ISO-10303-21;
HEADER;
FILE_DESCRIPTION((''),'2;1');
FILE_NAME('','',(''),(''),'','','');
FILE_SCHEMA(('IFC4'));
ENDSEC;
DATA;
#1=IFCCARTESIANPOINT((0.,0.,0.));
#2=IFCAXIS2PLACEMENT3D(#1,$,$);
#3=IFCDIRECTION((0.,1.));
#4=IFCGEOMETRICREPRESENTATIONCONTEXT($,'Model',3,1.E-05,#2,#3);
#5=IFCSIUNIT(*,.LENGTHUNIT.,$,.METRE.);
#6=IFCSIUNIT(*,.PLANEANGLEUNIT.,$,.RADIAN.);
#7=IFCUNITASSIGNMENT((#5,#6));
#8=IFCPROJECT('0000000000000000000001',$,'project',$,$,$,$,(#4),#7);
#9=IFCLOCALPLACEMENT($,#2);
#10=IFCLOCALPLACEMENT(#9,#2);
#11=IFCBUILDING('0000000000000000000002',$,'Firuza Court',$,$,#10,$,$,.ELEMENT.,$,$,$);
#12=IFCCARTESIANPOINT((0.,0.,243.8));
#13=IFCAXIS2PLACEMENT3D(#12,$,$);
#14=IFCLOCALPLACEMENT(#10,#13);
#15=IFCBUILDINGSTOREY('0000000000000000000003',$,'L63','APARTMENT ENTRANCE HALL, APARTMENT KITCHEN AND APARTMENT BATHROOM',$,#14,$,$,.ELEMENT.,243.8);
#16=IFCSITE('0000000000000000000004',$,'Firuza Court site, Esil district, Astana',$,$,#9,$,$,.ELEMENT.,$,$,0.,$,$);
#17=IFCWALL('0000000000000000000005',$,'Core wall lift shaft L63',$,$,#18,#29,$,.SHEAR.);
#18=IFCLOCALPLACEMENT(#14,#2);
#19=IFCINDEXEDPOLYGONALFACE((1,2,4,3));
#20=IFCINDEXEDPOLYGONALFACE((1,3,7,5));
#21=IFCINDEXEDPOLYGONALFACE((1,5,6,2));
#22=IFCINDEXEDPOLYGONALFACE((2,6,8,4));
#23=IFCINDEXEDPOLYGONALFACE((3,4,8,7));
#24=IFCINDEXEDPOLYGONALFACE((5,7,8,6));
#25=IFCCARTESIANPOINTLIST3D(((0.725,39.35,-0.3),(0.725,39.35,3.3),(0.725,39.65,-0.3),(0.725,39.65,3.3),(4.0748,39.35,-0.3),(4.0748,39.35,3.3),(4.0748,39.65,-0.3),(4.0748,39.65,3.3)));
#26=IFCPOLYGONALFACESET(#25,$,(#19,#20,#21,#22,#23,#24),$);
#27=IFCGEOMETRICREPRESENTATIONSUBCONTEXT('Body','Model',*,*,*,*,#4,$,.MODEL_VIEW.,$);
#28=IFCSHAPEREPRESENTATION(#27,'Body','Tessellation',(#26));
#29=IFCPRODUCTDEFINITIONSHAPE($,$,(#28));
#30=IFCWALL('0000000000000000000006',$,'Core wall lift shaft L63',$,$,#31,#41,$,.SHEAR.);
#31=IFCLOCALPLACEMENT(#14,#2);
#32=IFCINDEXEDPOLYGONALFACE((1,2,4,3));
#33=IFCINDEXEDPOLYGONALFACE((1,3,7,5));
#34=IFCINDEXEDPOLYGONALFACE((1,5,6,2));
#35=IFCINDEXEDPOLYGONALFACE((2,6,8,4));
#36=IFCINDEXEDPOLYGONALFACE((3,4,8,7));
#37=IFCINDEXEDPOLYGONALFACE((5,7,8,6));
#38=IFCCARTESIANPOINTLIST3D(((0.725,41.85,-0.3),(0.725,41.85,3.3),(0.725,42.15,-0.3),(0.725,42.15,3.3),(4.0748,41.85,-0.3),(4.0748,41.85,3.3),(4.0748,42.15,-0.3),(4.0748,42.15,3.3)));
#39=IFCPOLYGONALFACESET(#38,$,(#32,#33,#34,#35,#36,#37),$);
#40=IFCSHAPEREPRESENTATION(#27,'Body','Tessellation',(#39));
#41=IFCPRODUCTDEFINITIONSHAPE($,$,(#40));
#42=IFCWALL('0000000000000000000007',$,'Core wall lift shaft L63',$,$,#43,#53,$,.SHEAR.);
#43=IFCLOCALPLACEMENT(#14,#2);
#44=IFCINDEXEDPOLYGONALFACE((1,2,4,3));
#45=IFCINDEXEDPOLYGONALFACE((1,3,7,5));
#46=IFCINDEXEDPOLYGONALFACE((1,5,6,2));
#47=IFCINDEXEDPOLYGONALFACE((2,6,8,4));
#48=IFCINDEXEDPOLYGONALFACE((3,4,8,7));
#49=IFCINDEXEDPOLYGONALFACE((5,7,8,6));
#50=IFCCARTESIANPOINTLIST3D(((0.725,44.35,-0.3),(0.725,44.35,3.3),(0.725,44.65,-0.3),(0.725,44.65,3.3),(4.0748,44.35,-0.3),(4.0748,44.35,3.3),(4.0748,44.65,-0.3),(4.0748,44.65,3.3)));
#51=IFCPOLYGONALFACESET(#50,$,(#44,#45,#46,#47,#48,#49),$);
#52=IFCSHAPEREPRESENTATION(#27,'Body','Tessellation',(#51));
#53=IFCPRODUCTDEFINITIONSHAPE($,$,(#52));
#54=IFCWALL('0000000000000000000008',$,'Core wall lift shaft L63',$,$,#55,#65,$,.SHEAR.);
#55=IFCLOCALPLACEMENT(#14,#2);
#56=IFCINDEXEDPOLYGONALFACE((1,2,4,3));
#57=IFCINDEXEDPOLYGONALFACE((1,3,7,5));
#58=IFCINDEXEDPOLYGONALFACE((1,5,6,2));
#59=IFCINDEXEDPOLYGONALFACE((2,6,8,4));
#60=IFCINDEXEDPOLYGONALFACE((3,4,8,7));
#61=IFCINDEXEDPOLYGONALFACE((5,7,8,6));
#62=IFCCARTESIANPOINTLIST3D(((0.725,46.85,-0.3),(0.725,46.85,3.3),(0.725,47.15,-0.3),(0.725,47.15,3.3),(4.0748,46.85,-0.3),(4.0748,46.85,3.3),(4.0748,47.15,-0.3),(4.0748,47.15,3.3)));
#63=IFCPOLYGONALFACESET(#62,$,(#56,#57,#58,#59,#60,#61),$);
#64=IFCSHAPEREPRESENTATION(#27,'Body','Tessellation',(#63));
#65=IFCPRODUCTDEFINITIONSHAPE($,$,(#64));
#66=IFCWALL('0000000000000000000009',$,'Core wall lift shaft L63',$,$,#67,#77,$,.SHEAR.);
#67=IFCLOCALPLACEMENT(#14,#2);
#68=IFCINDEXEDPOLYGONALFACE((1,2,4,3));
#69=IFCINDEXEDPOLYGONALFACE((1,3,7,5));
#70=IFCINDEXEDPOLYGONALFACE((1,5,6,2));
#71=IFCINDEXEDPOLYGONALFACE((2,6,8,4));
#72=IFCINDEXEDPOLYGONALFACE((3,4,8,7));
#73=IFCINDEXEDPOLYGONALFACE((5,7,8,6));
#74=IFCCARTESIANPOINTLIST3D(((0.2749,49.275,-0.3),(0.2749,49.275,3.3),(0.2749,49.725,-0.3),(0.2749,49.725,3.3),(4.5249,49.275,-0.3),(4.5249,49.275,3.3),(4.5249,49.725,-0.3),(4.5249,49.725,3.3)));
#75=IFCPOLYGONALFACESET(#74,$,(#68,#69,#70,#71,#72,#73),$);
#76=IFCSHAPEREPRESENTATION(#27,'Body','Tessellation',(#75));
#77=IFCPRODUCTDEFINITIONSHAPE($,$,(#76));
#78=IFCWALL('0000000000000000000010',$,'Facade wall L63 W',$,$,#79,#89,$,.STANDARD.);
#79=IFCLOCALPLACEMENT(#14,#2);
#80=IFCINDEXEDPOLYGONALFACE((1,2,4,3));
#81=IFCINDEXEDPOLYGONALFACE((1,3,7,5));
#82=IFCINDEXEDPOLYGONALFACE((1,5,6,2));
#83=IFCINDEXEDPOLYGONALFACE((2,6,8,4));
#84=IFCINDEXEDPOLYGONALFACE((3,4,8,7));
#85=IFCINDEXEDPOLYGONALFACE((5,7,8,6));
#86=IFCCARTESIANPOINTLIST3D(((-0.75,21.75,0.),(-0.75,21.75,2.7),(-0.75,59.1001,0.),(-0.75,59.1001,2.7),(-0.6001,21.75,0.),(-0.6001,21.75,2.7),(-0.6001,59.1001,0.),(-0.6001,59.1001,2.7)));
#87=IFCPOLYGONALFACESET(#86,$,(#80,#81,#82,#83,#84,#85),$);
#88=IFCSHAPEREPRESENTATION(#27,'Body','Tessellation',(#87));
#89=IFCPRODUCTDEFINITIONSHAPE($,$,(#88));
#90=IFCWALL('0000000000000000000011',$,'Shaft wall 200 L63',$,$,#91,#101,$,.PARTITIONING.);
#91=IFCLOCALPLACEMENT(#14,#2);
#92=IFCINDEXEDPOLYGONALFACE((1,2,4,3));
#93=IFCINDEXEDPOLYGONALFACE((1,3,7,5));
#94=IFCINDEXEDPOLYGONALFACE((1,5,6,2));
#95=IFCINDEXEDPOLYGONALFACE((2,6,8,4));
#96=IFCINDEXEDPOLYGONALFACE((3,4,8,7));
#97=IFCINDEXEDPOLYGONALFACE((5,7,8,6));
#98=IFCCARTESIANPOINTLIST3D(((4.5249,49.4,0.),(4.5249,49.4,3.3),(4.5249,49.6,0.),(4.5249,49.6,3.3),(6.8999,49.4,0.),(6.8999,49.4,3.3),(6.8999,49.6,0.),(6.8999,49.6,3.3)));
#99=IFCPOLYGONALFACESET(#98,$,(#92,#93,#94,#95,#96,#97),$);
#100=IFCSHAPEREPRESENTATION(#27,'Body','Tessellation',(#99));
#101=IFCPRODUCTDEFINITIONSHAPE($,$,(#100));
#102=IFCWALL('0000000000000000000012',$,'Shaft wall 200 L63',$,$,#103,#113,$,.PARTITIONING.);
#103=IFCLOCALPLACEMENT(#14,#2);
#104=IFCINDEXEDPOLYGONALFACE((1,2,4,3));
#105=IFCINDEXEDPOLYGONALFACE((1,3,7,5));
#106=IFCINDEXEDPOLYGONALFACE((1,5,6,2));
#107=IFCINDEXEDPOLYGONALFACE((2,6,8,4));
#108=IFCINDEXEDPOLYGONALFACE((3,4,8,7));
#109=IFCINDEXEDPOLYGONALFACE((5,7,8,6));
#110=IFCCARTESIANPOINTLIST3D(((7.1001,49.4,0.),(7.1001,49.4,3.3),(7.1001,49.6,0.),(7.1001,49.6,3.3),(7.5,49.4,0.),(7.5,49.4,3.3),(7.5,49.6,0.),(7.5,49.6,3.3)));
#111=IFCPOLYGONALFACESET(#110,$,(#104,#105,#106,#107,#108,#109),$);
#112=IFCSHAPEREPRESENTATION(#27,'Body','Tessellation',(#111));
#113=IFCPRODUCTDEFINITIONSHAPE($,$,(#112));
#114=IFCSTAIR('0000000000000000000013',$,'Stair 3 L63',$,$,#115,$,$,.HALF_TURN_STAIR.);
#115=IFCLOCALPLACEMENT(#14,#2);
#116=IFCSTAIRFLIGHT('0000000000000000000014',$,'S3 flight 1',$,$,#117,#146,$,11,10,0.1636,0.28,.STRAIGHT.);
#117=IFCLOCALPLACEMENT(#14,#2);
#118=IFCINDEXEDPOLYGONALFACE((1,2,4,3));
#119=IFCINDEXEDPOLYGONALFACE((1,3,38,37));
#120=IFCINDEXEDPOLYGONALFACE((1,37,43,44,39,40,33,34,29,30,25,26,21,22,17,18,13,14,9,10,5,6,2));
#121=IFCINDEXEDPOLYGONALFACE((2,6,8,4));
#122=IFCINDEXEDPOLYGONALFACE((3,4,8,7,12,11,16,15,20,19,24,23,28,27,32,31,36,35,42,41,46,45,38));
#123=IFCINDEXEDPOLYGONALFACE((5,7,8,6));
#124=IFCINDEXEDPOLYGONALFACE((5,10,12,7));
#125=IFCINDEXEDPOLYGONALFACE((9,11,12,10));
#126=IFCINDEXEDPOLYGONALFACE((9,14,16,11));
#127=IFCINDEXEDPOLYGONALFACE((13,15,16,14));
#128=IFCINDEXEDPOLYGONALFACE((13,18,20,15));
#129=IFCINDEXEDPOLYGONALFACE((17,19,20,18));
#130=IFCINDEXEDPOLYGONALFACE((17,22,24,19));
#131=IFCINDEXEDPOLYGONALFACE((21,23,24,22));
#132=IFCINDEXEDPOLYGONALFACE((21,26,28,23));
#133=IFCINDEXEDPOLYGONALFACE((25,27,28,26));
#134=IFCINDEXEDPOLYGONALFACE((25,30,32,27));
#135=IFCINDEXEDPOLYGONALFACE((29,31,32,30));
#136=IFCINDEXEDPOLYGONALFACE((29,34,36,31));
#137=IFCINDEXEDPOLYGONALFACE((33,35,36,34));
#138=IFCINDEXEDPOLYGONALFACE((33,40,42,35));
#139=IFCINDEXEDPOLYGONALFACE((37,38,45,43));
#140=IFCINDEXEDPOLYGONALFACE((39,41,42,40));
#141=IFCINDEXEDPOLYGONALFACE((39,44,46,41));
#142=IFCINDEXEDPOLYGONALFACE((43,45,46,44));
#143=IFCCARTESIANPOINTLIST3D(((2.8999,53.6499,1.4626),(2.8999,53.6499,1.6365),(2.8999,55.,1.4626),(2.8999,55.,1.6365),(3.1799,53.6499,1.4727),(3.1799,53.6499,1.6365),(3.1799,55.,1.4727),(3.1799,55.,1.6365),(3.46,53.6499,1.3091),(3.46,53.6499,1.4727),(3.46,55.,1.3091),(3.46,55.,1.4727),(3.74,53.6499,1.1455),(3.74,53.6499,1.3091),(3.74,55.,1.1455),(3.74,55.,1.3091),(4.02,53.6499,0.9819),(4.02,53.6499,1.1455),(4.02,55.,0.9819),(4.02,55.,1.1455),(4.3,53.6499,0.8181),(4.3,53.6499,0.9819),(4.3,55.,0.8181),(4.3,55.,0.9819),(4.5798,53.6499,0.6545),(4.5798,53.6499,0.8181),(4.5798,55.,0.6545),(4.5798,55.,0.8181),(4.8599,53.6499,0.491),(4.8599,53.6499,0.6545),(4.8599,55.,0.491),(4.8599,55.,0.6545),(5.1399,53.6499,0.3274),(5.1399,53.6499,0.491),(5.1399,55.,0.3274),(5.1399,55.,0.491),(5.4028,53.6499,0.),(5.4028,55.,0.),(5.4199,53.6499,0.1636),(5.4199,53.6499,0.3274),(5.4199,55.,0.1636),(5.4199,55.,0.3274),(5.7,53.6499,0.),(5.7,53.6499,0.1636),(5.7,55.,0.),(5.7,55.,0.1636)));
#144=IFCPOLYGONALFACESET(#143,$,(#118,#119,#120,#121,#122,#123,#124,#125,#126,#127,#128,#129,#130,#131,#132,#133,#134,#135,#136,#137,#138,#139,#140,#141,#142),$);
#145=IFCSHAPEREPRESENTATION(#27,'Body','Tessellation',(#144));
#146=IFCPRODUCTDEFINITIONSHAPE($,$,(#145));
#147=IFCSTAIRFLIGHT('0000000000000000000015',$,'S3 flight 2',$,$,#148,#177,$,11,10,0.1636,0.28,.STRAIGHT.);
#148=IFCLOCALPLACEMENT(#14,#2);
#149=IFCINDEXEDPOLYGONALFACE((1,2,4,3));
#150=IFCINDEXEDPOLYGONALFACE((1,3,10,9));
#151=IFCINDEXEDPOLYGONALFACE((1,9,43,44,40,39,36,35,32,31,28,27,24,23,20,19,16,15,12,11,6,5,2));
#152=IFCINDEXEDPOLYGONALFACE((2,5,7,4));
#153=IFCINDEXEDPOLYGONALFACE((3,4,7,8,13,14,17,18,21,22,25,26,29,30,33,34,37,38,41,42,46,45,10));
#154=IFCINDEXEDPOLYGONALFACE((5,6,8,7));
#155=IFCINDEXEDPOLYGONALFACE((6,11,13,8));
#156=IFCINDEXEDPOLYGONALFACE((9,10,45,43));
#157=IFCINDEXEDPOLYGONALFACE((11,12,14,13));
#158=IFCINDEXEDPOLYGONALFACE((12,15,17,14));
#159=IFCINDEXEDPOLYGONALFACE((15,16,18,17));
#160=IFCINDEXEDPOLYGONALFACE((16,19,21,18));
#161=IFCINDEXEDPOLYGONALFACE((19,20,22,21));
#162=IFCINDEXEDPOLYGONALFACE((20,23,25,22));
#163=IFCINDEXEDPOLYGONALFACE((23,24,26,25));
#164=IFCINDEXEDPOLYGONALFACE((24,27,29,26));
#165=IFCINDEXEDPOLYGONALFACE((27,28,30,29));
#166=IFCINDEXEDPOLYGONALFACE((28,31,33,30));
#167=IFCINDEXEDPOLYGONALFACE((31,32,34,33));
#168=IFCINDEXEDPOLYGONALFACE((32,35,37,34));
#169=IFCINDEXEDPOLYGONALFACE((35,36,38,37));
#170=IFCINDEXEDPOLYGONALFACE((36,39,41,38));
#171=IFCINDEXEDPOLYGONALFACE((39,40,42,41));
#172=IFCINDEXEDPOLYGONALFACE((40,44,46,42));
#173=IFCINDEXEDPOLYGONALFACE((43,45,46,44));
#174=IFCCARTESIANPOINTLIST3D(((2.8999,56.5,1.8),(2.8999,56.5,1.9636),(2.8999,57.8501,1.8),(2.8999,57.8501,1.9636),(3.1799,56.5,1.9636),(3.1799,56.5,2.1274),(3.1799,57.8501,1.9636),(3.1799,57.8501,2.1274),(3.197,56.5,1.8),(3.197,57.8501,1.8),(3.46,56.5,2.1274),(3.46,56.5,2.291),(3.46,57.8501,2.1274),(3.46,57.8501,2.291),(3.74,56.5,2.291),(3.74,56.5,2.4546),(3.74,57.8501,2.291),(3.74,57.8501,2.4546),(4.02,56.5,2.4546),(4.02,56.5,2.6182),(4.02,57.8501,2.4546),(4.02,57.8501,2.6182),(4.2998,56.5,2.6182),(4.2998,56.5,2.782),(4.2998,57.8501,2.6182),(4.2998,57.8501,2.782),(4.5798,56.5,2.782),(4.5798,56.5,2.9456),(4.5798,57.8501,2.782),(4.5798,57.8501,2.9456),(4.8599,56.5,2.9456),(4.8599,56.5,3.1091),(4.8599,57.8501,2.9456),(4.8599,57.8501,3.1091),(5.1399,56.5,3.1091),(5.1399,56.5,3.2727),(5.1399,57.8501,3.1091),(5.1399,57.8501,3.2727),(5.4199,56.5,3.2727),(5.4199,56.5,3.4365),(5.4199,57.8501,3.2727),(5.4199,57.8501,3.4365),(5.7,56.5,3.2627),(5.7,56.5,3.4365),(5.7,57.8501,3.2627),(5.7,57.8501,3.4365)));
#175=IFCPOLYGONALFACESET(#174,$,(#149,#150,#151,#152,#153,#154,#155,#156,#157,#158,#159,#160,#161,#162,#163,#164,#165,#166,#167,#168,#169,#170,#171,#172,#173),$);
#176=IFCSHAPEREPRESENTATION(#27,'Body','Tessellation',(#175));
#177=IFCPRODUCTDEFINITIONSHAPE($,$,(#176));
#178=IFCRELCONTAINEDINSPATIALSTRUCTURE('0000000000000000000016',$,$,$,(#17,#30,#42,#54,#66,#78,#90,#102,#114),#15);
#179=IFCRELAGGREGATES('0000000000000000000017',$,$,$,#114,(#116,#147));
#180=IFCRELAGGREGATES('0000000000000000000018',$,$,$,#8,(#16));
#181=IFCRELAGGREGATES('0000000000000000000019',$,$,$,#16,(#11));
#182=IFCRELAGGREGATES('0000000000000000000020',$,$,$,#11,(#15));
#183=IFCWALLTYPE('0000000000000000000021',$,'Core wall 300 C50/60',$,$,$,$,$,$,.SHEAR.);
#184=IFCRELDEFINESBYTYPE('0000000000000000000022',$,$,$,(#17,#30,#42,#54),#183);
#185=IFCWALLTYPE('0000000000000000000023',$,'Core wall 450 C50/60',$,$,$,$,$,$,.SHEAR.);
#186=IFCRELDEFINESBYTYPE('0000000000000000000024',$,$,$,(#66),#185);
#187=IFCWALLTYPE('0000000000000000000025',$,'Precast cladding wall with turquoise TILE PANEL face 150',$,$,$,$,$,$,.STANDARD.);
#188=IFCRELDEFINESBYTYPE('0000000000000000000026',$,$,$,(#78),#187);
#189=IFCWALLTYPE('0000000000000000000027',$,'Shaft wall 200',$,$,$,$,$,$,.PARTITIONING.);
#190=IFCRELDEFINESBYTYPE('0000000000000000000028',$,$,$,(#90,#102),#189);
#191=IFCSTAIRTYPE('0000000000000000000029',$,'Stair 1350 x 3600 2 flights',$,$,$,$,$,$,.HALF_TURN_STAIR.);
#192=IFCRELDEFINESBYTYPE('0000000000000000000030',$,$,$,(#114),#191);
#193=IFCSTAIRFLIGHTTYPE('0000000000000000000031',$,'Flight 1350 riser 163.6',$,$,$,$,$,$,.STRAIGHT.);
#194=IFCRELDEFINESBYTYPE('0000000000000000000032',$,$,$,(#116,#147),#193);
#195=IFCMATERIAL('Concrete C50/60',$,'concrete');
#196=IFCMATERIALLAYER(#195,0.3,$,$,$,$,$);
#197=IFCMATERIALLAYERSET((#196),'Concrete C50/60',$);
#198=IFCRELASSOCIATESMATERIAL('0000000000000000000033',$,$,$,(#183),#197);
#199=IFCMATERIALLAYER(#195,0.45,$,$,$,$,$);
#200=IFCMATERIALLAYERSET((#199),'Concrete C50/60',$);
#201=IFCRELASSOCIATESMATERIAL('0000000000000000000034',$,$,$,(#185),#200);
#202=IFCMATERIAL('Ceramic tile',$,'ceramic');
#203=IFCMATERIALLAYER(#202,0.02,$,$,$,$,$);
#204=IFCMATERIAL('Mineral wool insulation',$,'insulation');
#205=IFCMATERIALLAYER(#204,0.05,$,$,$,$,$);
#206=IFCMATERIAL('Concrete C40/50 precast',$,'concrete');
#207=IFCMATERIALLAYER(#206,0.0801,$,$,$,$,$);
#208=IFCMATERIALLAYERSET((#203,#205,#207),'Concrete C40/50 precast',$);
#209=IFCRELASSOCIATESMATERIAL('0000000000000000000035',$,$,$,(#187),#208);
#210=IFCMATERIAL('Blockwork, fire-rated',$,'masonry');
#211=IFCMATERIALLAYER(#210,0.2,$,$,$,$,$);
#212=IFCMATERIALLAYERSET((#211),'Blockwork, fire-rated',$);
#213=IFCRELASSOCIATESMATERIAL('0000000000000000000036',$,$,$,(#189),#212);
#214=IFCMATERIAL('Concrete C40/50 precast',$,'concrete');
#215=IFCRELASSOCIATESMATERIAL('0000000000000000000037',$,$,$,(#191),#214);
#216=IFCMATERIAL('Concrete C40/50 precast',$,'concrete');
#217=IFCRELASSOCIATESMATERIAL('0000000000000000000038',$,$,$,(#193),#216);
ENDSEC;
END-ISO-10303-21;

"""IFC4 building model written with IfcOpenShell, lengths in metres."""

from ifc_helpers import new_model, si_unit, direction, frame, frame_2d, origin, place, context, subcontext, project, spatial, polyline, rectangle, outline, extrude, material, layer, layer_set, type_object, element, aggregate, save


model = new_model("IFC4")

# Units and contexts
model_context = context("Model", 3, precision=1e-05, world=origin(), true_north=direction((0.0, 1.0)))
body_context = subcontext(model_context, "Body", "Model", "MODEL_VIEW")
ifc_project = project(units=[si_unit("LENGTHUNIT", "METRE"), si_unit("PLANEANGLEUNIT", "RADIAN")], contexts=[model_context])

# Site, building, storey
site_placement = place(None, origin())
site = spatial("IfcSite", under=ifc_project, at=site_placement, Name="Firuza Court site, Esil district, Astana", CompositionType="ELEMENT", RefElevation=0.0)
building_placement = place(site_placement, origin())
building = spatial("IfcBuilding", under=site, at=building_placement, Name="Firuza Court", CompositionType="ELEMENT")
storey_placement = place(building_placement, frame((0.0, 0.0, 243.8)))
storey = spatial("IfcBuildingStorey", under=building, at=storey_placement, Name="L63", Description="APARTMENT ENTRANCE HALL, APARTMENT KITCHEN AND APARTMENT BATHROOM", CompositionType="ELEMENT", Elevation=243.8)

# Shared definitions
ifc_material_1 = material(Name="Concrete C50/60", Category="concrete")
ifc_layer_1 = layer(ifc_material_1, 0.3)
ifc_layer_set_1 = layer_set([ifc_layer_1], Name="Concrete C50/60")
wall_type_1 = type_object("IfcWallType", Name="Core wall 300 C50/60", PredefinedType="SHEAR", material=ifc_layer_set_1)

# Walls
for number, where, z_axis, x_axis, name in (
    (1, (0.7251, 39.5, -0.3), (0.0, 0.0, 1.0), (1.0, 0.0, 0.0), "Core wall lift shaft L63"),
    (2, (0.7251, 42.0, -0.3), (0.0, 0.0, 1.0), (1.0, 0.0, 0.0), "Core wall lift shaft L63"),
    (3, (0.7251, 44.5, -0.3), (0.0, 0.0, 1.0), (1.0, 0.0, 0.0), "Core wall lift shaft L63"),
    (4, (0.7251, 47.0, -0.3), (0.0, 0.0, 1.0), (1.0, 0.0, 0.0), "Core wall lift shaft L63"),
):
    element("IfcWall", number, at=place(storey_placement, frame(where, z_axis=z_axis, x_axis=x_axis)), inside=storey, type_object=wall_type_1, Name=name, PredefinedType="SHEAR", context=body_context, shape_type="SweptSolid", body=[
        extrude(rectangle(XDim=3.3499, YDim=0.3, at=frame_2d((1.6748, 0.0))), origin(), (0.0, 0.0, 1.0), 3.6001),
    ])
ifc_layer_2 = layer(ifc_material_1, 0.45)
ifc_layer_set_2 = layer_set([ifc_layer_2], Name="Concrete C50/60")
wall_type_2 = type_object("IfcWallType", Name="Core wall 450 C50/60", PredefinedType="SHEAR", material=ifc_layer_set_2)
wall_1_placement = place(storey_placement, frame((0.2749, 49.5, -0.3), z_axis=(0.0, 0.0, 1.0), x_axis=(1.0, 0.0, 0.0)))
element("IfcWall", 5, at=wall_1_placement, inside=storey, type_object=wall_type_2, Name="Core wall lift shaft L63", PredefinedType="SHEAR", context=body_context, shape_type="SweptSolid", body=[
    extrude(rectangle(XDim=4.25, YDim=0.45, at=frame_2d((2.125, 0.0))), origin(), (0.0, 0.0, 1.0), 3.6001),
])
ifc_material_2 = material(Name="Ceramic tile", Category="ceramic")
ifc_layer_3 = layer(ifc_material_2, 0.02)
ifc_material_3 = material(Name="Mineral wool insulation", Category="insulation")
ifc_layer_4 = layer(ifc_material_3, 0.05)
ifc_material_4 = material(Name="Concrete C40/50 precast", Category="concrete")
ifc_layer_5 = layer(ifc_material_4, 0.0801)
ifc_layer_set_3 = layer_set([ifc_layer_3, ifc_layer_4, ifc_layer_5], Name="Concrete C40/50 precast")
wall_type_3 = type_object("IfcWallType", Name="Precast cladding wall with turquoise TILE PANEL face 150", PredefinedType="STANDARD", material=ifc_layer_set_3)
wall_2_placement = place(storey_placement, frame((-0.675, 59.1001, 0.0), z_axis=(0.0, 0.0, 1.0), x_axis=(0.0, -1.0, 0.0)))
element("IfcWall", 6, at=wall_2_placement, inside=storey, type_object=wall_type_3, Name="Facade wall L63 W", PredefinedType="STANDARD", context=body_context, shape_type="SweptSolid", body=[
    extrude(rectangle(XDim=37.3501, YDim=0.1499, at=frame_2d((18.675, 0.0))), origin(), (0.0, 0.0, 1.0), 2.7),
])
ifc_material_5 = material(Name="Blockwork, fire-rated", Category="masonry")
ifc_layer_6 = layer(ifc_material_5, 0.2)
ifc_layer_set_4 = layer_set([ifc_layer_6], Name="Blockwork, fire-rated")
wall_type_4 = type_object("IfcWallType", Name="Shaft wall 200", PredefinedType="PARTITIONING", material=ifc_layer_set_4)
wall_3_placement = place(storey_placement, frame((4.5249, 49.5, 0.0), z_axis=(0.0, 0.0, 1.0), x_axis=(1.0, 0.0, 0.0)))
element("IfcWall", 7, at=wall_3_placement, inside=storey, type_object=wall_type_4, Name="Shaft wall 200 L63", PredefinedType="PARTITIONING", context=body_context, shape_type="SweptSolid", body=[
    extrude(rectangle(XDim=2.375, YDim=0.2, at=frame_2d((1.1875, 0.0))), origin(), (0.0, 0.0, 1.0), 3.3),
])
wall_4_placement = place(storey_placement, frame((7.1001, 49.5, 0.0), z_axis=(0.0, 0.0, 1.0), x_axis=(1.0, 0.0, 0.0)))
element("IfcWall", 8, at=wall_4_placement, inside=storey, type_object=wall_type_4, Name="Shaft wall 200 L63", PredefinedType="PARTITIONING", context=body_context, shape_type="SweptSolid", body=[
    extrude(rectangle(XDim=0.3999, YDim=0.2, at=frame_2d((0.2, 0.0))), origin(), (0.0, 0.0, 1.0), 3.3),
])

# Stair, stair flights
ifc_material_6 = material(Name="Concrete C40/50 precast", Category="concrete")
stair_type = type_object("IfcStairType", Name="Stair 1350 x 3600 2 flights", PredefinedType="HALF_TURN_STAIR", material=ifc_material_6)
stair_placement = place(storey_placement, origin())
stair = element("IfcStair", 9, at=stair_placement, inside=storey, type_object=stair_type, Name="Stair 3 L63", PredefinedType="HALF_TURN_STAIR")
ifc_material_7 = material(Name="Concrete C40/50 precast", Category="concrete")
stair_flight_type = type_object("IfcStairFlightType", Name="Flight 1350 riser 163.6", PredefinedType="STRAIGHT", material=ifc_material_7)
stair_flight_1_placement = place(storey_placement, frame((5.7, 54.325, 0.0), z_axis=(0.0, 0.0, 1.0), x_axis=(-1.0, 0.0, 0.0)))
stair_flight_1 = element("IfcStairFlight", 10, at=stair_flight_1_placement, type_object=stair_flight_type, Name="S3 flight 1", NumberOfRisers=11, NumberOfTreads=10, PredefinedType="STRAIGHT", RiserHeight=0.1636, TreadLength=0.28, context=body_context, shape_type="SweptSolid", body=[
    extrude(outline(polyline([(0.0, 0.0), (0.0, 0.1636), (0.28, 0.1636), (0.28, 0.3274), (0.5601, 0.3274), (0.5601, 0.491), (0.8401, 0.491), (0.8401, 0.6545), (1.1201, 0.6545), (1.1201, 0.8181), (1.3999, 0.8181), (1.3999, 0.9819), (1.6799, 0.9819), (1.6799, 1.1455), (1.96, 1.1455), (1.96, 1.3091), (2.24, 1.3091), (2.24, 1.4727), (2.52, 1.4727), (2.52, 1.6365), (2.8, 1.6365), (2.8, 1.8), (2.8, 1.4626), (0.2971, 0.0), (0.0, 0.0)])), frame((0.0, 0.675, 0.0), z_axis=(0.0, -1.0, 0.0), x_axis=(1.0, 0.0, 0.0)), (0.0, 0.0, 1.0), 1.3501),
])
stair_flight_2_placement = place(storey_placement, frame((2.8999, 57.175, 1.8), z_axis=(0.0, 0.0, 1.0), x_axis=(1.0, 0.0, 0.0)))
stair_flight_2 = element("IfcStairFlight", 11, at=stair_flight_2_placement, type_object=stair_flight_type, Name="S3 flight 2", NumberOfRisers=11, NumberOfTreads=10, PredefinedType="STRAIGHT", RiserHeight=0.1636, TreadLength=0.28, context=body_context, shape_type="SweptSolid", body=[
    extrude(outline(polyline([(0.0, 0.0), (0.0, 0.1636), (0.28, 0.1636), (0.28, 0.3274), (0.5601, 0.3274), (0.5601, 0.491), (0.8401, 0.491), (0.8401, 0.6545), (1.1201, 0.6545), (1.1201, 0.8181), (1.3999, 0.8181), (1.3999, 0.9819), (1.6799, 0.9819), (1.6799, 1.1455), (1.96, 1.1455), (1.96, 1.3091), (2.24, 1.3091), (2.24, 1.4727), (2.52, 1.4727), (2.52, 1.6365), (2.8, 1.6365), (2.8, 1.8), (2.8, 1.4626), (0.2971, 0.0), (0.0, 0.0)])), frame((0.0, 0.675, 0.0), z_axis=(0.0, -1.0, 0.0), x_axis=(1.0, 0.0, 0.0)), (0.0, 0.0, 1.0), 1.3501),
])
aggregate(stair, [stair_flight_1, stair_flight_2])

save(model, "model.ifc")
